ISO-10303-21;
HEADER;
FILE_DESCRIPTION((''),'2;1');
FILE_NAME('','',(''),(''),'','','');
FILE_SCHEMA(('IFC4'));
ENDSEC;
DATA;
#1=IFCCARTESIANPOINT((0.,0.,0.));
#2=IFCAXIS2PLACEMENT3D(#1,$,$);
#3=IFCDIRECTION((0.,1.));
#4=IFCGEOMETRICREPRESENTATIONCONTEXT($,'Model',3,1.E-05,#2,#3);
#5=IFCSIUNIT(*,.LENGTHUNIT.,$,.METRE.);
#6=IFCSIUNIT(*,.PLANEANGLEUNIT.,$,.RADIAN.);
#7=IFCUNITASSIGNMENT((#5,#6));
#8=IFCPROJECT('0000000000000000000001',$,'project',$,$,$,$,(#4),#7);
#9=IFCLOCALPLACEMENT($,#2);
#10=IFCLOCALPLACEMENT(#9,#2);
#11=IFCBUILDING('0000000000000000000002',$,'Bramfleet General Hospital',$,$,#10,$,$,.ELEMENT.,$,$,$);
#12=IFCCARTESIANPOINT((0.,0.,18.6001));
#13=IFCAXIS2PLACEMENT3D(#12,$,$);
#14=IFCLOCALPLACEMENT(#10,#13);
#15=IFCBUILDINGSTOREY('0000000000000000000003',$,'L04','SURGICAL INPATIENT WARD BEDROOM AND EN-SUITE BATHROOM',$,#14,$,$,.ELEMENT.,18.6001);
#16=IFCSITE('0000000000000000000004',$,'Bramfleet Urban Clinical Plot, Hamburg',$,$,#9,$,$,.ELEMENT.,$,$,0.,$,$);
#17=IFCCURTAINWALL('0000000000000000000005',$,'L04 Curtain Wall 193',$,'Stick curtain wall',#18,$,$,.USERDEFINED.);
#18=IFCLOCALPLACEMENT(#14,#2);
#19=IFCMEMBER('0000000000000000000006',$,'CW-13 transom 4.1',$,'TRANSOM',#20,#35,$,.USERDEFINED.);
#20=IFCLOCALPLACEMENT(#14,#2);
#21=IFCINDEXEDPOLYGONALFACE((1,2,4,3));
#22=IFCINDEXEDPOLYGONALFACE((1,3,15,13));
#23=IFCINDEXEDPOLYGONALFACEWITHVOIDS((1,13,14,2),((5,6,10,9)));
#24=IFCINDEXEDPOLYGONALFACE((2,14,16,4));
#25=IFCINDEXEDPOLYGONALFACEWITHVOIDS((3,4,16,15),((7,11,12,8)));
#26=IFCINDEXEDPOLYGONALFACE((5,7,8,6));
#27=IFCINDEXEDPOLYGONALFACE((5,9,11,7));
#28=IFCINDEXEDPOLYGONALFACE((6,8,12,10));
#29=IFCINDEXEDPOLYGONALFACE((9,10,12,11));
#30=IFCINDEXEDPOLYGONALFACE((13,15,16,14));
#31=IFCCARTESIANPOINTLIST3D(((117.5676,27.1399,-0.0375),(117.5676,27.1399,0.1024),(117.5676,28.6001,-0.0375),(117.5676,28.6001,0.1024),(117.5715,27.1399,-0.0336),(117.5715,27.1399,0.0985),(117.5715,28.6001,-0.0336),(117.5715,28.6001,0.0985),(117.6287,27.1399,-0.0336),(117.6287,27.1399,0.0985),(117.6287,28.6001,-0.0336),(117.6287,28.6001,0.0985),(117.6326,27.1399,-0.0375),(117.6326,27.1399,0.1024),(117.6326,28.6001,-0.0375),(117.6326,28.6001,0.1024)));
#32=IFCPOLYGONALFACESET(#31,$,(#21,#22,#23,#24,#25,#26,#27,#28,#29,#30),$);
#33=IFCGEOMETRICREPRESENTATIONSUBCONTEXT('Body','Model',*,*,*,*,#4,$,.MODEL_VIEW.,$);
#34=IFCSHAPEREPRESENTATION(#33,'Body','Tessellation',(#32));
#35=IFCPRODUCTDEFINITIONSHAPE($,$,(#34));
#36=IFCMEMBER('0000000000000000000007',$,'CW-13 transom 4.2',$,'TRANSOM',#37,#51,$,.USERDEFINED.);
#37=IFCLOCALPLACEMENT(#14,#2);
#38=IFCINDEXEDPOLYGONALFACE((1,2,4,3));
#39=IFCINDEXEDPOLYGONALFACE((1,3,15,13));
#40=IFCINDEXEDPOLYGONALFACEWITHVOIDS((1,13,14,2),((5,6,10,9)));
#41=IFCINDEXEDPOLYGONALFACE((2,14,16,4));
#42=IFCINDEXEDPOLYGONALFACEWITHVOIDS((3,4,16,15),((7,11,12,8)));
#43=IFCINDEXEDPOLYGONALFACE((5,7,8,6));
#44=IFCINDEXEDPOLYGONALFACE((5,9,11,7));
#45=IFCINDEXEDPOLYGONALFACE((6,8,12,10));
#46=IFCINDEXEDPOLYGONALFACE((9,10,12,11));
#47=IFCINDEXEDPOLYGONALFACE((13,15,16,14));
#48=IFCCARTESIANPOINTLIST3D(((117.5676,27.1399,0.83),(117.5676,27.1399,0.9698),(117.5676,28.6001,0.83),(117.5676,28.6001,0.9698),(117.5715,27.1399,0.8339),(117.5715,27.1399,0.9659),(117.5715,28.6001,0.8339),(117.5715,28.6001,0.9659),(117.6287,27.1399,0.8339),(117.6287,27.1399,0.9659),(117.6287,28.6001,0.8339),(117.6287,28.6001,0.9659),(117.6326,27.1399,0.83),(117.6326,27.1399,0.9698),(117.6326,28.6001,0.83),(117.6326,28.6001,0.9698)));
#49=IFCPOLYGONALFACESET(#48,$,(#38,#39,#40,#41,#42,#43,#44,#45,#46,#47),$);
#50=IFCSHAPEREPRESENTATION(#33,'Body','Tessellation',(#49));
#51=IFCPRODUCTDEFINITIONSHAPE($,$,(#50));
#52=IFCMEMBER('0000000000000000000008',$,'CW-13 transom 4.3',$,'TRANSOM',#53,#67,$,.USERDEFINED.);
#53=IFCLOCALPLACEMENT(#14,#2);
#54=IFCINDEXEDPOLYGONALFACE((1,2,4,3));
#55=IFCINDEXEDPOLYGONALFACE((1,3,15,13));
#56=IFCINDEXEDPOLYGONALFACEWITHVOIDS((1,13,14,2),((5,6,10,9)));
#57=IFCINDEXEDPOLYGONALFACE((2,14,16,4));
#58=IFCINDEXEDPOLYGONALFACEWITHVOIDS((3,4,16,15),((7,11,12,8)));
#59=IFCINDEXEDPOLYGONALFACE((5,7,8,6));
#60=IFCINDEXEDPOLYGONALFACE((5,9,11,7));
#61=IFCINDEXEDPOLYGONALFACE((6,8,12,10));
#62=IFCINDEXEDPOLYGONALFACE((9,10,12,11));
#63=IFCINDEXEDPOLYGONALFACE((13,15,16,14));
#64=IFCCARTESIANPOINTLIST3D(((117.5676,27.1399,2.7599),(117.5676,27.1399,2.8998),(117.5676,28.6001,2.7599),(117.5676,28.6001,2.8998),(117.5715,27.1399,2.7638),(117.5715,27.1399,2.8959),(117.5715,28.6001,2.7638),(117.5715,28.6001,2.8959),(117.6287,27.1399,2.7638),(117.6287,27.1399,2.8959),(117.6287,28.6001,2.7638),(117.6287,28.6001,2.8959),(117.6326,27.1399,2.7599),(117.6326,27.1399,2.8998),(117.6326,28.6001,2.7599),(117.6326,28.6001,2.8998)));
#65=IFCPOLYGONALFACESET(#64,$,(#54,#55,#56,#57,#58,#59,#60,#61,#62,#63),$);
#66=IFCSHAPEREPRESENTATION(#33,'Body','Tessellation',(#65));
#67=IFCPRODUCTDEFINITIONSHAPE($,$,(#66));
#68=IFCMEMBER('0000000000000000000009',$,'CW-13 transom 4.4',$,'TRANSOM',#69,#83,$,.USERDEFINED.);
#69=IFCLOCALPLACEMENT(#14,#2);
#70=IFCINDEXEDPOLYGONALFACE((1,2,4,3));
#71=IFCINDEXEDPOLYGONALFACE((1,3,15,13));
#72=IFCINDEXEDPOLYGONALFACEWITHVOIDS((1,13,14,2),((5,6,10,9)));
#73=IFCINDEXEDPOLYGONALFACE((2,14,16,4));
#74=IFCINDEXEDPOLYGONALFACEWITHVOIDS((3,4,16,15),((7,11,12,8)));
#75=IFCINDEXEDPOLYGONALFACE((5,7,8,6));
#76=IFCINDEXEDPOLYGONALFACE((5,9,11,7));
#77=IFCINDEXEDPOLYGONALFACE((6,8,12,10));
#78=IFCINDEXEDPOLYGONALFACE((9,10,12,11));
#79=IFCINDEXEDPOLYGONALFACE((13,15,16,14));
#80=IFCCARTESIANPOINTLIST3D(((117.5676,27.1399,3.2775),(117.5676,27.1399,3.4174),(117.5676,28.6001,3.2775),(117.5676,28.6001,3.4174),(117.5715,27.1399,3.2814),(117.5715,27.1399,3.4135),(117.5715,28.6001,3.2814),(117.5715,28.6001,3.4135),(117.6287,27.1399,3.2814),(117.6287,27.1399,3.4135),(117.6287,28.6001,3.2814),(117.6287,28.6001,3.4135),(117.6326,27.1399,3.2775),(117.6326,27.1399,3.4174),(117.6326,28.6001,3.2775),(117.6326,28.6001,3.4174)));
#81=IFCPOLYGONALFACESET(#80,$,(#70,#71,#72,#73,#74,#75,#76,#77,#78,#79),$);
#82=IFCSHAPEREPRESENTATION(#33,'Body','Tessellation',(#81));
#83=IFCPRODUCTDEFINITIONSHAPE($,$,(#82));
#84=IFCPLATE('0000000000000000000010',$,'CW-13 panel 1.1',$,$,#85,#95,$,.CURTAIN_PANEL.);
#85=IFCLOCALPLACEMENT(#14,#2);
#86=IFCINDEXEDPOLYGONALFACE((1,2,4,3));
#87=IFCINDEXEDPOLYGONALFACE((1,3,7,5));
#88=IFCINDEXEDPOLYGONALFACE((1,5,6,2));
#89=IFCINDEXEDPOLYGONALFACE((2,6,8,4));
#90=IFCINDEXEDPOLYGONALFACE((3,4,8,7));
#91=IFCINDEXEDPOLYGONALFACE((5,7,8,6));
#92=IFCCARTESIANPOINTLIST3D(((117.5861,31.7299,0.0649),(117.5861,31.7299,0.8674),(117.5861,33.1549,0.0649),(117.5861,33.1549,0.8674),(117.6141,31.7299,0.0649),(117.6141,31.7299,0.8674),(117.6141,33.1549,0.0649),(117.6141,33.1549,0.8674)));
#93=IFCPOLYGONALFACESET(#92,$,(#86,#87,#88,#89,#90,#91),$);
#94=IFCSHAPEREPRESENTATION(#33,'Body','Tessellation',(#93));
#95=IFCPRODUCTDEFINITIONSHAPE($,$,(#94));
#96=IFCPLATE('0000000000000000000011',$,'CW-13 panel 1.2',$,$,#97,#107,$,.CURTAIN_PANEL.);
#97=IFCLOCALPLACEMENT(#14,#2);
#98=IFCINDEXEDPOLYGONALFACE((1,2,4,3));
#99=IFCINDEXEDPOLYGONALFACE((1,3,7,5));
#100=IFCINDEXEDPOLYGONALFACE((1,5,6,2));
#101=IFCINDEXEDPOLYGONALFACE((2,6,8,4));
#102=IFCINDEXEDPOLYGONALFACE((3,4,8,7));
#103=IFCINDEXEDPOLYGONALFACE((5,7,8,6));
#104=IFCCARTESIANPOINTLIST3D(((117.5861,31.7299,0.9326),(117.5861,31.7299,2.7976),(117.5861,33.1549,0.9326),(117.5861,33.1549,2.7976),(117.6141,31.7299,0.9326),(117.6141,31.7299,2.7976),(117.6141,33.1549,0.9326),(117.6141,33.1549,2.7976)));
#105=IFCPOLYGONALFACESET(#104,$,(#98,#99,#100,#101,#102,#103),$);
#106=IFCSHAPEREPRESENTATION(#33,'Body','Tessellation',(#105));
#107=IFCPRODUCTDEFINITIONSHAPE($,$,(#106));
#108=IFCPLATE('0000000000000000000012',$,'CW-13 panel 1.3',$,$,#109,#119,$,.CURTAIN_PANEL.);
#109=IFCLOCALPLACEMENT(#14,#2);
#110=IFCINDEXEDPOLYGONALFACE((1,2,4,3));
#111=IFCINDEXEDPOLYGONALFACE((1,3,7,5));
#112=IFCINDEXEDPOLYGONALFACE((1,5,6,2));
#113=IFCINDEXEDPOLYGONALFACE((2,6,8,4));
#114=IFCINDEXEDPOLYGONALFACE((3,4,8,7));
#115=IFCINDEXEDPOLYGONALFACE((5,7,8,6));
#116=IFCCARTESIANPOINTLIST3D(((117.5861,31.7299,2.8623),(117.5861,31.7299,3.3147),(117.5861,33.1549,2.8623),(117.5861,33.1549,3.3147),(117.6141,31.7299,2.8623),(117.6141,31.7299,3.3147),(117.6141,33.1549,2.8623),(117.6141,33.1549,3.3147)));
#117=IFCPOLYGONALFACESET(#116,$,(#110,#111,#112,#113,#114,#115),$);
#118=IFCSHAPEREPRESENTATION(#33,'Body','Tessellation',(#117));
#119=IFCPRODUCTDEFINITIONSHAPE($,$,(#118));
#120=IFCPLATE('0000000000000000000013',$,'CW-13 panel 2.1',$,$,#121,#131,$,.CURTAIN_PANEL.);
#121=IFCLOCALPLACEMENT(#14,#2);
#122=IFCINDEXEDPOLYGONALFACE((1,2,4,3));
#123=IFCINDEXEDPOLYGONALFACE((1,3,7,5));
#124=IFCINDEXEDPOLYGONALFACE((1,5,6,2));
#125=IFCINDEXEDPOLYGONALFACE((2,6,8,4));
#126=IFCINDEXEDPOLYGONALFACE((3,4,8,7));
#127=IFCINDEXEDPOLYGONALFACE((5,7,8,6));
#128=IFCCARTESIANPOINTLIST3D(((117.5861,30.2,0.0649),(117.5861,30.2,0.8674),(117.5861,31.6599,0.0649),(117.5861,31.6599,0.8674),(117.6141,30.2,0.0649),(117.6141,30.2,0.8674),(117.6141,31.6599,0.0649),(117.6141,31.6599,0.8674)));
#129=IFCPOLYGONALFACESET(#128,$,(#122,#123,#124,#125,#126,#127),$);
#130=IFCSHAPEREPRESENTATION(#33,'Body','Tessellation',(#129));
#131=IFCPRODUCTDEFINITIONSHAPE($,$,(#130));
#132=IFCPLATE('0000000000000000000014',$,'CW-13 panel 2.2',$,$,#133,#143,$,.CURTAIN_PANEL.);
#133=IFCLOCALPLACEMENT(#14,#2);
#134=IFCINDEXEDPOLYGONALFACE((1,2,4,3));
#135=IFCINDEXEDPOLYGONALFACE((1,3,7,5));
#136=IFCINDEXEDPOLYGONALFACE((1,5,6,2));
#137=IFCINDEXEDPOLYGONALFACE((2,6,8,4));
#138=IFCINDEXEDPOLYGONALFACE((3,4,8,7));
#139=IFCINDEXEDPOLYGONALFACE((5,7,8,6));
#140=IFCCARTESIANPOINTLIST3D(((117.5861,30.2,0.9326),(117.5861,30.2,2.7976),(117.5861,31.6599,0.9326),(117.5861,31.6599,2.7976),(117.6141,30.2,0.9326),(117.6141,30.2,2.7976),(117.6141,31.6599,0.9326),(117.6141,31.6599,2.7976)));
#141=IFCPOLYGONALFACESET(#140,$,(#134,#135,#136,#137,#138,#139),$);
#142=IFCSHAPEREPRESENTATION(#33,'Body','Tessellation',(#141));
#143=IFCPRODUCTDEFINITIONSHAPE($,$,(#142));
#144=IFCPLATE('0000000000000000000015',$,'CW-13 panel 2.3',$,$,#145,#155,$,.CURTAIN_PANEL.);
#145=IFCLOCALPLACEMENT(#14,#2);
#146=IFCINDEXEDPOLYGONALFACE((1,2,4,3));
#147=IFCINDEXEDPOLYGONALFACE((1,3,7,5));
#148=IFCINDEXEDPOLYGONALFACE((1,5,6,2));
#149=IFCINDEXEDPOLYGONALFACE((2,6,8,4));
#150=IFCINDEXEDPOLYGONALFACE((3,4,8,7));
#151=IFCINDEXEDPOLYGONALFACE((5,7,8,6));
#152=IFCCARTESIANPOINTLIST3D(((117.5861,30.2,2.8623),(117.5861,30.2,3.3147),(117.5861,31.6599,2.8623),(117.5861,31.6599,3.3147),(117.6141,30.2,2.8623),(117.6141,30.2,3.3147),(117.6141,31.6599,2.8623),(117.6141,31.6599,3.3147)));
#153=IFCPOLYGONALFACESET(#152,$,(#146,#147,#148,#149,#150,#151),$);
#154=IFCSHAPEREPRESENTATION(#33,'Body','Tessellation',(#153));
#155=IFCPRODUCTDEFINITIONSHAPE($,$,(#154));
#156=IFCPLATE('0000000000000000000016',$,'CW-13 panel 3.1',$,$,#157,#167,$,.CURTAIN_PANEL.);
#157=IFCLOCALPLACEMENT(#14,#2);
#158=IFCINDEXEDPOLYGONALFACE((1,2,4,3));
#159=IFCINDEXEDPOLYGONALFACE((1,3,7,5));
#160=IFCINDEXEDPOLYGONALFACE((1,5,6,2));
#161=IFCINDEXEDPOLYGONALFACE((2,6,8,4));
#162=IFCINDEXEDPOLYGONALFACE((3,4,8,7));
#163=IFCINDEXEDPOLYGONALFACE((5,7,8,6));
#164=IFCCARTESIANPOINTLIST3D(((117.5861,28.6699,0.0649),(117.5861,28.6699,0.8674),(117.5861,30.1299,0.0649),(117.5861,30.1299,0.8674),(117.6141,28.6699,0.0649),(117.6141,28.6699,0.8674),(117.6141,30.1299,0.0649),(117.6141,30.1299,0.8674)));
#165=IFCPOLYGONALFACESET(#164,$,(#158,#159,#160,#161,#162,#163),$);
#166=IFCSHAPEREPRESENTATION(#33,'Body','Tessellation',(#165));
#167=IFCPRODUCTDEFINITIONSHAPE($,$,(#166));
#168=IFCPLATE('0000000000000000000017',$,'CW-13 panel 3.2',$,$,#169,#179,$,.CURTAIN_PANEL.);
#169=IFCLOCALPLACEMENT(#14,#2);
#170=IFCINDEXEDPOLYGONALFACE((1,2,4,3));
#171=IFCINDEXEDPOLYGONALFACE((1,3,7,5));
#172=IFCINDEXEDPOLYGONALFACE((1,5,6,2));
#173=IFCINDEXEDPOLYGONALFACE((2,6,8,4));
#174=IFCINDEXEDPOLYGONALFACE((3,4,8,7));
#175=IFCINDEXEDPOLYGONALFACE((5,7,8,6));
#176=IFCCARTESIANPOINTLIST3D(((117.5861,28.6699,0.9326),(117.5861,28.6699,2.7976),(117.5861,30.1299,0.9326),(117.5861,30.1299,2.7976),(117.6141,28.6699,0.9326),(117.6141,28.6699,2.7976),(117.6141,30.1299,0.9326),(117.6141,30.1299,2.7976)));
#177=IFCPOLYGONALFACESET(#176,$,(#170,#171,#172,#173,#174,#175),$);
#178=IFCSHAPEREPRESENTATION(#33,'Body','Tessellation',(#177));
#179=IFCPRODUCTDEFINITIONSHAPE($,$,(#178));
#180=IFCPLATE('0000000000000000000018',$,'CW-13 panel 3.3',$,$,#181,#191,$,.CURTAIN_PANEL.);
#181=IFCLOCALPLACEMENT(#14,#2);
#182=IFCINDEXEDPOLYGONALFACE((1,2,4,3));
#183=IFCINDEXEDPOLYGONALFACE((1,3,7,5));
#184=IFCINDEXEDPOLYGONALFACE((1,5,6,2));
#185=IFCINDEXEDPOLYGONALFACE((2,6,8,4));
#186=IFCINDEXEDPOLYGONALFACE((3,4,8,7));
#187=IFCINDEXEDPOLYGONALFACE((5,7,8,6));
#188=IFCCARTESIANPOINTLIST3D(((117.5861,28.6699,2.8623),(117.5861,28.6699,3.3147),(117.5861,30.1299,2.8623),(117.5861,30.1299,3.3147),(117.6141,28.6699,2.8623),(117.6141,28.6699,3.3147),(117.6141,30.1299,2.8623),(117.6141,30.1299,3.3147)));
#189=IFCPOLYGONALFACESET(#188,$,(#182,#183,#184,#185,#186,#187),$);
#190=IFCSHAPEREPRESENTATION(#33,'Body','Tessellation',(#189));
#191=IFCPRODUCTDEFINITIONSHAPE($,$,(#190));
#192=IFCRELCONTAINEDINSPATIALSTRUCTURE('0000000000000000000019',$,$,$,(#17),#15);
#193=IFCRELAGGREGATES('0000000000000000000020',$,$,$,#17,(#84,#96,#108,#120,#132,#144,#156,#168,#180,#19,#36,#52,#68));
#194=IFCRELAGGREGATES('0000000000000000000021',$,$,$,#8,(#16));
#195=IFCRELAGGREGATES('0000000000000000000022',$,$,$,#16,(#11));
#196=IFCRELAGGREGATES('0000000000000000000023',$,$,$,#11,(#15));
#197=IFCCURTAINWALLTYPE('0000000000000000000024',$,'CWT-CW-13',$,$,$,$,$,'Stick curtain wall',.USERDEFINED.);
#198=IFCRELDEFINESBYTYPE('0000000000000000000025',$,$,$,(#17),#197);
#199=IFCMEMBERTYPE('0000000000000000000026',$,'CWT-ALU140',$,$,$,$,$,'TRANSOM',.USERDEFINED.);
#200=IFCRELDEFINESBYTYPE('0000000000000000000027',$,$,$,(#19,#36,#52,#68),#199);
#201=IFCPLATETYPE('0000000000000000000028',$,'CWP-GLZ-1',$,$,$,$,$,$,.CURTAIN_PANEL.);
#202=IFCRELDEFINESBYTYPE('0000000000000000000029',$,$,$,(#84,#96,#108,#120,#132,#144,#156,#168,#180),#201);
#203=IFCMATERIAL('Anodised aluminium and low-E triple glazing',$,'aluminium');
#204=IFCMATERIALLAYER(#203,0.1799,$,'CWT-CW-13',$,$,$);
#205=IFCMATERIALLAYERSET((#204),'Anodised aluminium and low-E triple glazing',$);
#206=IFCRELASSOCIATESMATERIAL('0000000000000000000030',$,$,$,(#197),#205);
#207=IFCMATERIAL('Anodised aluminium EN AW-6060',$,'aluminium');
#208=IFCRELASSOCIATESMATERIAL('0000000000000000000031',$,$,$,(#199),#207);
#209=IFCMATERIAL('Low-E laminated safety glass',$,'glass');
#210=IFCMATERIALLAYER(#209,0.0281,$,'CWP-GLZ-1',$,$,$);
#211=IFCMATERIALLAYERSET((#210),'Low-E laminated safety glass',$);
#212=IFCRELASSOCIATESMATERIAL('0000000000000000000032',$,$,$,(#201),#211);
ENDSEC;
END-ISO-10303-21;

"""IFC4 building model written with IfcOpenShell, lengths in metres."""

from ifc_helpers import new_model, si_unit, direction, frame, origin, origin_2d, place, context, subcontext, project, spatial, rectangle, hollow_rectangle, extrude, material, layer, layer_set, material_profile, profile_set, type_object, element, aggregate, save


model = new_model("IFC4")

# Units and contexts
model_context = context("Model", 3, precision=1e-05, world=origin(), true_north=direction((0.0, 1.0)))
body_context = subcontext(model_context, "Body", "Model", "MODEL_VIEW")
ifc_project = project(units=[si_unit("LENGTHUNIT", "METRE"), si_unit("PLANEANGLEUNIT", "RADIAN")], contexts=[model_context])

# Site, building, storey
site_placement = place(None, origin())
site = spatial("IfcSite", under=ifc_project, at=site_placement, Name="Bramfleet Urban Clinical Plot, Hamburg", CompositionType="ELEMENT", RefElevation=0.0)
building_placement = place(site_placement, origin())
building = spatial("IfcBuilding", under=site, at=building_placement, Name="Bramfleet General Hospital", CompositionType="ELEMENT")
storey_placement = place(building_placement, frame((0.0, 0.0, 18.6001)))
storey = spatial("IfcBuildingStorey", under=building, at=storey_placement, Name="L04", Description="SURGICAL INPATIENT WARD BEDROOM AND EN-SUITE BATHROOM", CompositionType="ELEMENT", Elevation=18.6001)

# Curtain wall, members, plates
ifc_material_1 = material(Name="Anodised aluminium and low-E triple glazing", Category="aluminium")
ifc_layer_1 = layer(ifc_material_1, 0.1799, Name="CWT-CW-13")
ifc_layer_set_1 = layer_set([ifc_layer_1], Name="Anodised aluminium and low-E triple glazing")
curtain_wall_type = type_object("IfcCurtainWallType", Name="CWT-CW-13", ElementType="Stick curtain wall", PredefinedType="USERDEFINED", material=ifc_layer_set_1)
curtain_wall_placement = place(storey_placement, origin())
curtain_wall = element("IfcCurtainWall", 1, at=curtain_wall_placement, inside=storey, type_object=curtain_wall_type, Name="L04 Curtain Wall 193", ObjectType="Stick curtain wall", PredefinedType="USERDEFINED")
ifc_material_2 = material(Name="Anodised aluminium EN AW-6060", Category="aluminium")
ifc_material_profile_1 = material_profile(ifc_material_2, hollow_rectangle(XDim=0.0649, YDim=0.1399, WallThickness=0.0039, at=origin_2d()), Name="ALU 140x65x4.0")
ifc_profile_set_1 = profile_set([ifc_material_profile_1], Name="Anodised aluminium EN AW-6060")
member_type_1 = type_object("IfcMemberType", Name="CWT-ALU140", ElementType="TRANSOM", PredefinedType="USERDEFINED", material=ifc_profile_set_1)
member_1_placement = place(storey_placement, frame((117.6001, 28.6001, 0.0325), z_axis=(0.0, -1.0, 0.0), x_axis=(1.0, 0.0, 0.0)))
member_1 = element("IfcMember", 2, at=member_1_placement, type_object=member_type_1, Name="CW-13 transom 4.1", ObjectType="TRANSOM", PredefinedType="USERDEFINED", context=body_context, shape_type="SweptSolid", body=[
    extrude(hollow_rectangle(XDim=0.0649, YDim=0.1399, WallThickness=0.0039, at=origin_2d()), origin(), (0.0, 0.0, 1.0), 1.4602),
])
member_2_placement = place(storey_placement, frame((117.6001, 28.6001, 0.8999), z_axis=(0.0, -1.0, 0.0), x_axis=(1.0, 0.0, 0.0)))
member_2 = element("IfcMember", 3, at=member_2_placement, type_object=member_type_1, Name="CW-13 transom 4.2", ObjectType="TRANSOM", PredefinedType="USERDEFINED", context=body_context, shape_type="SweptSolid", body=[
    extrude(hollow_rectangle(XDim=0.0649, YDim=0.1399, WallThickness=0.0039, at=origin_2d()), origin(), (0.0, 0.0, 1.0), 1.4602),
])
member_3_placement = place(storey_placement, frame((117.6001, 28.6001, 2.8298), z_axis=(0.0, -1.0, 0.0), x_axis=(1.0, 0.0, 0.0)))
member_3 = element("IfcMember", 4, at=member_3_placement, type_object=member_type_1, Name="CW-13 transom 4.3", ObjectType="TRANSOM", PredefinedType="USERDEFINED", context=body_context, shape_type="SweptSolid", body=[
    extrude(hollow_rectangle(XDim=0.0649, YDim=0.1399, WallThickness=0.0039, at=origin_2d()), origin(), (0.0, 0.0, 1.0), 1.4602),
])
member_4_placement = place(storey_placement, frame((117.6001, 28.6001, 3.3474), z_axis=(0.0, -1.0, 0.0), x_axis=(1.0, 0.0, 0.0)))
member_4 = element("IfcMember", 5, at=member_4_placement, type_object=member_type_1, Name="CW-13 transom 4.4", ObjectType="TRANSOM", PredefinedType="USERDEFINED", context=body_context, shape_type="SweptSolid", body=[
    extrude(hollow_rectangle(XDim=0.0649, YDim=0.1399, WallThickness=0.0039, at=origin_2d()), origin(), (0.0, 0.0, 1.0), 1.4602),
])
ifc_material_3 = material(Name="Low-E laminated safety glass", Category="glass")
ifc_layer_2 = layer(ifc_material_3, 0.0281, Name="CWP-GLZ-1")
ifc_layer_set_2 = layer_set([ifc_layer_2], Name="Low-E laminated safety glass")
plate_type = type_object("IfcPlateType", Name="CWP-GLZ-1", PredefinedType="CURTAIN_PANEL", material=ifc_layer_set_2)
plate_1_placement = place(storey_placement, frame((117.6001, 32.4424, 0.0649), z_axis=(0.0, 0.0, 1.0), x_axis=(0.0, -1.0, 0.0)))
plate_1 = element("IfcPlate", 6, at=plate_1_placement, type_object=plate_type, Name="CW-13 panel 1.1", PredefinedType="CURTAIN_PANEL", context=body_context, shape_type="SweptSolid", body=[
    extrude(rectangle(XDim=1.425, YDim=0.0281, at=origin_2d()), origin(), (0.0, 0.0, 1.0), 0.8025),
])
plate_2_placement = place(storey_placement, frame((117.6001, 32.4424, 0.9326), z_axis=(0.0, 0.0, 1.0), x_axis=(0.0, -1.0, 0.0)))
plate_2 = element("IfcPlate", 7, at=plate_2_placement, type_object=plate_type, Name="CW-13 panel 1.2", PredefinedType="CURTAIN_PANEL", context=body_context, shape_type="SweptSolid", body=[
    extrude(rectangle(XDim=1.425, YDim=0.0281, at=origin_2d()), origin(), (0.0, 0.0, 1.0), 1.865),
])
plate_3_placement = place(storey_placement, frame((117.6001, 32.4424, 2.8623), z_axis=(0.0, 0.0, 1.0), x_axis=(0.0, -1.0, 0.0)))
plate_3 = element("IfcPlate", 8, at=plate_3_placement, type_object=plate_type, Name="CW-13 panel 1.3", PredefinedType="CURTAIN_PANEL", context=body_context, shape_type="SweptSolid", body=[
    extrude(rectangle(XDim=1.425, YDim=0.0281, at=origin_2d()), origin(), (0.0, 0.0, 1.0), 0.4524),
])
plate_4_placement = place(storey_placement, frame((117.6001, 30.9299, 0.0649), z_axis=(0.0, 0.0, 1.0), x_axis=(0.0, -1.0, 0.0)))
plate_4 = element("IfcPlate", 9, at=plate_4_placement, type_object=plate_type, Name="CW-13 panel 2.1", PredefinedType="CURTAIN_PANEL", context=body_context, shape_type="SweptSolid", body=[
    extrude(rectangle(XDim=1.46, YDim=0.0281, at=origin_2d()), origin(), (0.0, 0.0, 1.0), 0.8025),
])
plate_5_placement = place(storey_placement, frame((117.6001, 30.9299, 0.9326), z_axis=(0.0, 0.0, 1.0), x_axis=(0.0, -1.0, 0.0)))
plate_5 = element("IfcPlate", 10, at=plate_5_placement, type_object=plate_type, Name="CW-13 panel 2.2", PredefinedType="CURTAIN_PANEL", context=body_context, shape_type="SweptSolid", body=[
    extrude(rectangle(XDim=1.46, YDim=0.0281, at=origin_2d()), origin(), (0.0, 0.0, 1.0), 1.865),
])
plate_6_placement = place(storey_placement, frame((117.6001, 30.9299, 2.8623), z_axis=(0.0, 0.0, 1.0), x_axis=(0.0, -1.0, 0.0)))
plate_6 = element("IfcPlate", 11, at=plate_6_placement, type_object=plate_type, Name="CW-13 panel 2.3", PredefinedType="CURTAIN_PANEL", context=body_context, shape_type="SweptSolid", body=[
    extrude(rectangle(XDim=1.46, YDim=0.0281, at=origin_2d()), origin(), (0.0, 0.0, 1.0), 0.4524),
])
plate_7_placement = place(storey_placement, frame((117.6001, 29.3999, 0.0649), z_axis=(0.0, 0.0, 1.0), x_axis=(0.0, -1.0, 0.0)))
plate_7 = element("IfcPlate", 12, at=plate_7_placement, type_object=plate_type, Name="CW-13 panel 3.1", PredefinedType="CURTAIN_PANEL", context=body_context, shape_type="SweptSolid", body=[
    extrude(rectangle(XDim=1.46, YDim=0.0281, at=origin_2d()), origin(), (0.0, 0.0, 1.0), 0.8025),
])
plate_8_placement = place(storey_placement, frame((117.6001, 29.3999, 0.9326), z_axis=(0.0, 0.0, 1.0), x_axis=(0.0, -1.0, 0.0)))
plate_8 = element("IfcPlate", 13, at=plate_8_placement, type_object=plate_type, Name="CW-13 panel 3.2", PredefinedType="CURTAIN_PANEL", context=body_context, shape_type="SweptSolid", body=[
    extrude(rectangle(XDim=1.46, YDim=0.0281, at=origin_2d()), origin(), (0.0, 0.0, 1.0), 1.865),
])
plate_9_placement = place(storey_placement, frame((117.6001, 29.3999, 2.8623), z_axis=(0.0, 0.0, 1.0), x_axis=(0.0, -1.0, 0.0)))
plate_9 = element("IfcPlate", 14, at=plate_9_placement, type_object=plate_type, Name="CW-13 panel 3.3", PredefinedType="CURTAIN_PANEL", context=body_context, shape_type="SweptSolid", body=[
    extrude(rectangle(XDim=1.46, YDim=0.0281, at=origin_2d()), origin(), (0.0, 0.0, 1.0), 0.4524),
])
aggregate(curtain_wall, [plate_1, plate_2, plate_3, plate_4, plate_5, plate_6, plate_7, plate_8, plate_9, member_1, member_2, member_3, member_4])

save(model, "model.ifc")
